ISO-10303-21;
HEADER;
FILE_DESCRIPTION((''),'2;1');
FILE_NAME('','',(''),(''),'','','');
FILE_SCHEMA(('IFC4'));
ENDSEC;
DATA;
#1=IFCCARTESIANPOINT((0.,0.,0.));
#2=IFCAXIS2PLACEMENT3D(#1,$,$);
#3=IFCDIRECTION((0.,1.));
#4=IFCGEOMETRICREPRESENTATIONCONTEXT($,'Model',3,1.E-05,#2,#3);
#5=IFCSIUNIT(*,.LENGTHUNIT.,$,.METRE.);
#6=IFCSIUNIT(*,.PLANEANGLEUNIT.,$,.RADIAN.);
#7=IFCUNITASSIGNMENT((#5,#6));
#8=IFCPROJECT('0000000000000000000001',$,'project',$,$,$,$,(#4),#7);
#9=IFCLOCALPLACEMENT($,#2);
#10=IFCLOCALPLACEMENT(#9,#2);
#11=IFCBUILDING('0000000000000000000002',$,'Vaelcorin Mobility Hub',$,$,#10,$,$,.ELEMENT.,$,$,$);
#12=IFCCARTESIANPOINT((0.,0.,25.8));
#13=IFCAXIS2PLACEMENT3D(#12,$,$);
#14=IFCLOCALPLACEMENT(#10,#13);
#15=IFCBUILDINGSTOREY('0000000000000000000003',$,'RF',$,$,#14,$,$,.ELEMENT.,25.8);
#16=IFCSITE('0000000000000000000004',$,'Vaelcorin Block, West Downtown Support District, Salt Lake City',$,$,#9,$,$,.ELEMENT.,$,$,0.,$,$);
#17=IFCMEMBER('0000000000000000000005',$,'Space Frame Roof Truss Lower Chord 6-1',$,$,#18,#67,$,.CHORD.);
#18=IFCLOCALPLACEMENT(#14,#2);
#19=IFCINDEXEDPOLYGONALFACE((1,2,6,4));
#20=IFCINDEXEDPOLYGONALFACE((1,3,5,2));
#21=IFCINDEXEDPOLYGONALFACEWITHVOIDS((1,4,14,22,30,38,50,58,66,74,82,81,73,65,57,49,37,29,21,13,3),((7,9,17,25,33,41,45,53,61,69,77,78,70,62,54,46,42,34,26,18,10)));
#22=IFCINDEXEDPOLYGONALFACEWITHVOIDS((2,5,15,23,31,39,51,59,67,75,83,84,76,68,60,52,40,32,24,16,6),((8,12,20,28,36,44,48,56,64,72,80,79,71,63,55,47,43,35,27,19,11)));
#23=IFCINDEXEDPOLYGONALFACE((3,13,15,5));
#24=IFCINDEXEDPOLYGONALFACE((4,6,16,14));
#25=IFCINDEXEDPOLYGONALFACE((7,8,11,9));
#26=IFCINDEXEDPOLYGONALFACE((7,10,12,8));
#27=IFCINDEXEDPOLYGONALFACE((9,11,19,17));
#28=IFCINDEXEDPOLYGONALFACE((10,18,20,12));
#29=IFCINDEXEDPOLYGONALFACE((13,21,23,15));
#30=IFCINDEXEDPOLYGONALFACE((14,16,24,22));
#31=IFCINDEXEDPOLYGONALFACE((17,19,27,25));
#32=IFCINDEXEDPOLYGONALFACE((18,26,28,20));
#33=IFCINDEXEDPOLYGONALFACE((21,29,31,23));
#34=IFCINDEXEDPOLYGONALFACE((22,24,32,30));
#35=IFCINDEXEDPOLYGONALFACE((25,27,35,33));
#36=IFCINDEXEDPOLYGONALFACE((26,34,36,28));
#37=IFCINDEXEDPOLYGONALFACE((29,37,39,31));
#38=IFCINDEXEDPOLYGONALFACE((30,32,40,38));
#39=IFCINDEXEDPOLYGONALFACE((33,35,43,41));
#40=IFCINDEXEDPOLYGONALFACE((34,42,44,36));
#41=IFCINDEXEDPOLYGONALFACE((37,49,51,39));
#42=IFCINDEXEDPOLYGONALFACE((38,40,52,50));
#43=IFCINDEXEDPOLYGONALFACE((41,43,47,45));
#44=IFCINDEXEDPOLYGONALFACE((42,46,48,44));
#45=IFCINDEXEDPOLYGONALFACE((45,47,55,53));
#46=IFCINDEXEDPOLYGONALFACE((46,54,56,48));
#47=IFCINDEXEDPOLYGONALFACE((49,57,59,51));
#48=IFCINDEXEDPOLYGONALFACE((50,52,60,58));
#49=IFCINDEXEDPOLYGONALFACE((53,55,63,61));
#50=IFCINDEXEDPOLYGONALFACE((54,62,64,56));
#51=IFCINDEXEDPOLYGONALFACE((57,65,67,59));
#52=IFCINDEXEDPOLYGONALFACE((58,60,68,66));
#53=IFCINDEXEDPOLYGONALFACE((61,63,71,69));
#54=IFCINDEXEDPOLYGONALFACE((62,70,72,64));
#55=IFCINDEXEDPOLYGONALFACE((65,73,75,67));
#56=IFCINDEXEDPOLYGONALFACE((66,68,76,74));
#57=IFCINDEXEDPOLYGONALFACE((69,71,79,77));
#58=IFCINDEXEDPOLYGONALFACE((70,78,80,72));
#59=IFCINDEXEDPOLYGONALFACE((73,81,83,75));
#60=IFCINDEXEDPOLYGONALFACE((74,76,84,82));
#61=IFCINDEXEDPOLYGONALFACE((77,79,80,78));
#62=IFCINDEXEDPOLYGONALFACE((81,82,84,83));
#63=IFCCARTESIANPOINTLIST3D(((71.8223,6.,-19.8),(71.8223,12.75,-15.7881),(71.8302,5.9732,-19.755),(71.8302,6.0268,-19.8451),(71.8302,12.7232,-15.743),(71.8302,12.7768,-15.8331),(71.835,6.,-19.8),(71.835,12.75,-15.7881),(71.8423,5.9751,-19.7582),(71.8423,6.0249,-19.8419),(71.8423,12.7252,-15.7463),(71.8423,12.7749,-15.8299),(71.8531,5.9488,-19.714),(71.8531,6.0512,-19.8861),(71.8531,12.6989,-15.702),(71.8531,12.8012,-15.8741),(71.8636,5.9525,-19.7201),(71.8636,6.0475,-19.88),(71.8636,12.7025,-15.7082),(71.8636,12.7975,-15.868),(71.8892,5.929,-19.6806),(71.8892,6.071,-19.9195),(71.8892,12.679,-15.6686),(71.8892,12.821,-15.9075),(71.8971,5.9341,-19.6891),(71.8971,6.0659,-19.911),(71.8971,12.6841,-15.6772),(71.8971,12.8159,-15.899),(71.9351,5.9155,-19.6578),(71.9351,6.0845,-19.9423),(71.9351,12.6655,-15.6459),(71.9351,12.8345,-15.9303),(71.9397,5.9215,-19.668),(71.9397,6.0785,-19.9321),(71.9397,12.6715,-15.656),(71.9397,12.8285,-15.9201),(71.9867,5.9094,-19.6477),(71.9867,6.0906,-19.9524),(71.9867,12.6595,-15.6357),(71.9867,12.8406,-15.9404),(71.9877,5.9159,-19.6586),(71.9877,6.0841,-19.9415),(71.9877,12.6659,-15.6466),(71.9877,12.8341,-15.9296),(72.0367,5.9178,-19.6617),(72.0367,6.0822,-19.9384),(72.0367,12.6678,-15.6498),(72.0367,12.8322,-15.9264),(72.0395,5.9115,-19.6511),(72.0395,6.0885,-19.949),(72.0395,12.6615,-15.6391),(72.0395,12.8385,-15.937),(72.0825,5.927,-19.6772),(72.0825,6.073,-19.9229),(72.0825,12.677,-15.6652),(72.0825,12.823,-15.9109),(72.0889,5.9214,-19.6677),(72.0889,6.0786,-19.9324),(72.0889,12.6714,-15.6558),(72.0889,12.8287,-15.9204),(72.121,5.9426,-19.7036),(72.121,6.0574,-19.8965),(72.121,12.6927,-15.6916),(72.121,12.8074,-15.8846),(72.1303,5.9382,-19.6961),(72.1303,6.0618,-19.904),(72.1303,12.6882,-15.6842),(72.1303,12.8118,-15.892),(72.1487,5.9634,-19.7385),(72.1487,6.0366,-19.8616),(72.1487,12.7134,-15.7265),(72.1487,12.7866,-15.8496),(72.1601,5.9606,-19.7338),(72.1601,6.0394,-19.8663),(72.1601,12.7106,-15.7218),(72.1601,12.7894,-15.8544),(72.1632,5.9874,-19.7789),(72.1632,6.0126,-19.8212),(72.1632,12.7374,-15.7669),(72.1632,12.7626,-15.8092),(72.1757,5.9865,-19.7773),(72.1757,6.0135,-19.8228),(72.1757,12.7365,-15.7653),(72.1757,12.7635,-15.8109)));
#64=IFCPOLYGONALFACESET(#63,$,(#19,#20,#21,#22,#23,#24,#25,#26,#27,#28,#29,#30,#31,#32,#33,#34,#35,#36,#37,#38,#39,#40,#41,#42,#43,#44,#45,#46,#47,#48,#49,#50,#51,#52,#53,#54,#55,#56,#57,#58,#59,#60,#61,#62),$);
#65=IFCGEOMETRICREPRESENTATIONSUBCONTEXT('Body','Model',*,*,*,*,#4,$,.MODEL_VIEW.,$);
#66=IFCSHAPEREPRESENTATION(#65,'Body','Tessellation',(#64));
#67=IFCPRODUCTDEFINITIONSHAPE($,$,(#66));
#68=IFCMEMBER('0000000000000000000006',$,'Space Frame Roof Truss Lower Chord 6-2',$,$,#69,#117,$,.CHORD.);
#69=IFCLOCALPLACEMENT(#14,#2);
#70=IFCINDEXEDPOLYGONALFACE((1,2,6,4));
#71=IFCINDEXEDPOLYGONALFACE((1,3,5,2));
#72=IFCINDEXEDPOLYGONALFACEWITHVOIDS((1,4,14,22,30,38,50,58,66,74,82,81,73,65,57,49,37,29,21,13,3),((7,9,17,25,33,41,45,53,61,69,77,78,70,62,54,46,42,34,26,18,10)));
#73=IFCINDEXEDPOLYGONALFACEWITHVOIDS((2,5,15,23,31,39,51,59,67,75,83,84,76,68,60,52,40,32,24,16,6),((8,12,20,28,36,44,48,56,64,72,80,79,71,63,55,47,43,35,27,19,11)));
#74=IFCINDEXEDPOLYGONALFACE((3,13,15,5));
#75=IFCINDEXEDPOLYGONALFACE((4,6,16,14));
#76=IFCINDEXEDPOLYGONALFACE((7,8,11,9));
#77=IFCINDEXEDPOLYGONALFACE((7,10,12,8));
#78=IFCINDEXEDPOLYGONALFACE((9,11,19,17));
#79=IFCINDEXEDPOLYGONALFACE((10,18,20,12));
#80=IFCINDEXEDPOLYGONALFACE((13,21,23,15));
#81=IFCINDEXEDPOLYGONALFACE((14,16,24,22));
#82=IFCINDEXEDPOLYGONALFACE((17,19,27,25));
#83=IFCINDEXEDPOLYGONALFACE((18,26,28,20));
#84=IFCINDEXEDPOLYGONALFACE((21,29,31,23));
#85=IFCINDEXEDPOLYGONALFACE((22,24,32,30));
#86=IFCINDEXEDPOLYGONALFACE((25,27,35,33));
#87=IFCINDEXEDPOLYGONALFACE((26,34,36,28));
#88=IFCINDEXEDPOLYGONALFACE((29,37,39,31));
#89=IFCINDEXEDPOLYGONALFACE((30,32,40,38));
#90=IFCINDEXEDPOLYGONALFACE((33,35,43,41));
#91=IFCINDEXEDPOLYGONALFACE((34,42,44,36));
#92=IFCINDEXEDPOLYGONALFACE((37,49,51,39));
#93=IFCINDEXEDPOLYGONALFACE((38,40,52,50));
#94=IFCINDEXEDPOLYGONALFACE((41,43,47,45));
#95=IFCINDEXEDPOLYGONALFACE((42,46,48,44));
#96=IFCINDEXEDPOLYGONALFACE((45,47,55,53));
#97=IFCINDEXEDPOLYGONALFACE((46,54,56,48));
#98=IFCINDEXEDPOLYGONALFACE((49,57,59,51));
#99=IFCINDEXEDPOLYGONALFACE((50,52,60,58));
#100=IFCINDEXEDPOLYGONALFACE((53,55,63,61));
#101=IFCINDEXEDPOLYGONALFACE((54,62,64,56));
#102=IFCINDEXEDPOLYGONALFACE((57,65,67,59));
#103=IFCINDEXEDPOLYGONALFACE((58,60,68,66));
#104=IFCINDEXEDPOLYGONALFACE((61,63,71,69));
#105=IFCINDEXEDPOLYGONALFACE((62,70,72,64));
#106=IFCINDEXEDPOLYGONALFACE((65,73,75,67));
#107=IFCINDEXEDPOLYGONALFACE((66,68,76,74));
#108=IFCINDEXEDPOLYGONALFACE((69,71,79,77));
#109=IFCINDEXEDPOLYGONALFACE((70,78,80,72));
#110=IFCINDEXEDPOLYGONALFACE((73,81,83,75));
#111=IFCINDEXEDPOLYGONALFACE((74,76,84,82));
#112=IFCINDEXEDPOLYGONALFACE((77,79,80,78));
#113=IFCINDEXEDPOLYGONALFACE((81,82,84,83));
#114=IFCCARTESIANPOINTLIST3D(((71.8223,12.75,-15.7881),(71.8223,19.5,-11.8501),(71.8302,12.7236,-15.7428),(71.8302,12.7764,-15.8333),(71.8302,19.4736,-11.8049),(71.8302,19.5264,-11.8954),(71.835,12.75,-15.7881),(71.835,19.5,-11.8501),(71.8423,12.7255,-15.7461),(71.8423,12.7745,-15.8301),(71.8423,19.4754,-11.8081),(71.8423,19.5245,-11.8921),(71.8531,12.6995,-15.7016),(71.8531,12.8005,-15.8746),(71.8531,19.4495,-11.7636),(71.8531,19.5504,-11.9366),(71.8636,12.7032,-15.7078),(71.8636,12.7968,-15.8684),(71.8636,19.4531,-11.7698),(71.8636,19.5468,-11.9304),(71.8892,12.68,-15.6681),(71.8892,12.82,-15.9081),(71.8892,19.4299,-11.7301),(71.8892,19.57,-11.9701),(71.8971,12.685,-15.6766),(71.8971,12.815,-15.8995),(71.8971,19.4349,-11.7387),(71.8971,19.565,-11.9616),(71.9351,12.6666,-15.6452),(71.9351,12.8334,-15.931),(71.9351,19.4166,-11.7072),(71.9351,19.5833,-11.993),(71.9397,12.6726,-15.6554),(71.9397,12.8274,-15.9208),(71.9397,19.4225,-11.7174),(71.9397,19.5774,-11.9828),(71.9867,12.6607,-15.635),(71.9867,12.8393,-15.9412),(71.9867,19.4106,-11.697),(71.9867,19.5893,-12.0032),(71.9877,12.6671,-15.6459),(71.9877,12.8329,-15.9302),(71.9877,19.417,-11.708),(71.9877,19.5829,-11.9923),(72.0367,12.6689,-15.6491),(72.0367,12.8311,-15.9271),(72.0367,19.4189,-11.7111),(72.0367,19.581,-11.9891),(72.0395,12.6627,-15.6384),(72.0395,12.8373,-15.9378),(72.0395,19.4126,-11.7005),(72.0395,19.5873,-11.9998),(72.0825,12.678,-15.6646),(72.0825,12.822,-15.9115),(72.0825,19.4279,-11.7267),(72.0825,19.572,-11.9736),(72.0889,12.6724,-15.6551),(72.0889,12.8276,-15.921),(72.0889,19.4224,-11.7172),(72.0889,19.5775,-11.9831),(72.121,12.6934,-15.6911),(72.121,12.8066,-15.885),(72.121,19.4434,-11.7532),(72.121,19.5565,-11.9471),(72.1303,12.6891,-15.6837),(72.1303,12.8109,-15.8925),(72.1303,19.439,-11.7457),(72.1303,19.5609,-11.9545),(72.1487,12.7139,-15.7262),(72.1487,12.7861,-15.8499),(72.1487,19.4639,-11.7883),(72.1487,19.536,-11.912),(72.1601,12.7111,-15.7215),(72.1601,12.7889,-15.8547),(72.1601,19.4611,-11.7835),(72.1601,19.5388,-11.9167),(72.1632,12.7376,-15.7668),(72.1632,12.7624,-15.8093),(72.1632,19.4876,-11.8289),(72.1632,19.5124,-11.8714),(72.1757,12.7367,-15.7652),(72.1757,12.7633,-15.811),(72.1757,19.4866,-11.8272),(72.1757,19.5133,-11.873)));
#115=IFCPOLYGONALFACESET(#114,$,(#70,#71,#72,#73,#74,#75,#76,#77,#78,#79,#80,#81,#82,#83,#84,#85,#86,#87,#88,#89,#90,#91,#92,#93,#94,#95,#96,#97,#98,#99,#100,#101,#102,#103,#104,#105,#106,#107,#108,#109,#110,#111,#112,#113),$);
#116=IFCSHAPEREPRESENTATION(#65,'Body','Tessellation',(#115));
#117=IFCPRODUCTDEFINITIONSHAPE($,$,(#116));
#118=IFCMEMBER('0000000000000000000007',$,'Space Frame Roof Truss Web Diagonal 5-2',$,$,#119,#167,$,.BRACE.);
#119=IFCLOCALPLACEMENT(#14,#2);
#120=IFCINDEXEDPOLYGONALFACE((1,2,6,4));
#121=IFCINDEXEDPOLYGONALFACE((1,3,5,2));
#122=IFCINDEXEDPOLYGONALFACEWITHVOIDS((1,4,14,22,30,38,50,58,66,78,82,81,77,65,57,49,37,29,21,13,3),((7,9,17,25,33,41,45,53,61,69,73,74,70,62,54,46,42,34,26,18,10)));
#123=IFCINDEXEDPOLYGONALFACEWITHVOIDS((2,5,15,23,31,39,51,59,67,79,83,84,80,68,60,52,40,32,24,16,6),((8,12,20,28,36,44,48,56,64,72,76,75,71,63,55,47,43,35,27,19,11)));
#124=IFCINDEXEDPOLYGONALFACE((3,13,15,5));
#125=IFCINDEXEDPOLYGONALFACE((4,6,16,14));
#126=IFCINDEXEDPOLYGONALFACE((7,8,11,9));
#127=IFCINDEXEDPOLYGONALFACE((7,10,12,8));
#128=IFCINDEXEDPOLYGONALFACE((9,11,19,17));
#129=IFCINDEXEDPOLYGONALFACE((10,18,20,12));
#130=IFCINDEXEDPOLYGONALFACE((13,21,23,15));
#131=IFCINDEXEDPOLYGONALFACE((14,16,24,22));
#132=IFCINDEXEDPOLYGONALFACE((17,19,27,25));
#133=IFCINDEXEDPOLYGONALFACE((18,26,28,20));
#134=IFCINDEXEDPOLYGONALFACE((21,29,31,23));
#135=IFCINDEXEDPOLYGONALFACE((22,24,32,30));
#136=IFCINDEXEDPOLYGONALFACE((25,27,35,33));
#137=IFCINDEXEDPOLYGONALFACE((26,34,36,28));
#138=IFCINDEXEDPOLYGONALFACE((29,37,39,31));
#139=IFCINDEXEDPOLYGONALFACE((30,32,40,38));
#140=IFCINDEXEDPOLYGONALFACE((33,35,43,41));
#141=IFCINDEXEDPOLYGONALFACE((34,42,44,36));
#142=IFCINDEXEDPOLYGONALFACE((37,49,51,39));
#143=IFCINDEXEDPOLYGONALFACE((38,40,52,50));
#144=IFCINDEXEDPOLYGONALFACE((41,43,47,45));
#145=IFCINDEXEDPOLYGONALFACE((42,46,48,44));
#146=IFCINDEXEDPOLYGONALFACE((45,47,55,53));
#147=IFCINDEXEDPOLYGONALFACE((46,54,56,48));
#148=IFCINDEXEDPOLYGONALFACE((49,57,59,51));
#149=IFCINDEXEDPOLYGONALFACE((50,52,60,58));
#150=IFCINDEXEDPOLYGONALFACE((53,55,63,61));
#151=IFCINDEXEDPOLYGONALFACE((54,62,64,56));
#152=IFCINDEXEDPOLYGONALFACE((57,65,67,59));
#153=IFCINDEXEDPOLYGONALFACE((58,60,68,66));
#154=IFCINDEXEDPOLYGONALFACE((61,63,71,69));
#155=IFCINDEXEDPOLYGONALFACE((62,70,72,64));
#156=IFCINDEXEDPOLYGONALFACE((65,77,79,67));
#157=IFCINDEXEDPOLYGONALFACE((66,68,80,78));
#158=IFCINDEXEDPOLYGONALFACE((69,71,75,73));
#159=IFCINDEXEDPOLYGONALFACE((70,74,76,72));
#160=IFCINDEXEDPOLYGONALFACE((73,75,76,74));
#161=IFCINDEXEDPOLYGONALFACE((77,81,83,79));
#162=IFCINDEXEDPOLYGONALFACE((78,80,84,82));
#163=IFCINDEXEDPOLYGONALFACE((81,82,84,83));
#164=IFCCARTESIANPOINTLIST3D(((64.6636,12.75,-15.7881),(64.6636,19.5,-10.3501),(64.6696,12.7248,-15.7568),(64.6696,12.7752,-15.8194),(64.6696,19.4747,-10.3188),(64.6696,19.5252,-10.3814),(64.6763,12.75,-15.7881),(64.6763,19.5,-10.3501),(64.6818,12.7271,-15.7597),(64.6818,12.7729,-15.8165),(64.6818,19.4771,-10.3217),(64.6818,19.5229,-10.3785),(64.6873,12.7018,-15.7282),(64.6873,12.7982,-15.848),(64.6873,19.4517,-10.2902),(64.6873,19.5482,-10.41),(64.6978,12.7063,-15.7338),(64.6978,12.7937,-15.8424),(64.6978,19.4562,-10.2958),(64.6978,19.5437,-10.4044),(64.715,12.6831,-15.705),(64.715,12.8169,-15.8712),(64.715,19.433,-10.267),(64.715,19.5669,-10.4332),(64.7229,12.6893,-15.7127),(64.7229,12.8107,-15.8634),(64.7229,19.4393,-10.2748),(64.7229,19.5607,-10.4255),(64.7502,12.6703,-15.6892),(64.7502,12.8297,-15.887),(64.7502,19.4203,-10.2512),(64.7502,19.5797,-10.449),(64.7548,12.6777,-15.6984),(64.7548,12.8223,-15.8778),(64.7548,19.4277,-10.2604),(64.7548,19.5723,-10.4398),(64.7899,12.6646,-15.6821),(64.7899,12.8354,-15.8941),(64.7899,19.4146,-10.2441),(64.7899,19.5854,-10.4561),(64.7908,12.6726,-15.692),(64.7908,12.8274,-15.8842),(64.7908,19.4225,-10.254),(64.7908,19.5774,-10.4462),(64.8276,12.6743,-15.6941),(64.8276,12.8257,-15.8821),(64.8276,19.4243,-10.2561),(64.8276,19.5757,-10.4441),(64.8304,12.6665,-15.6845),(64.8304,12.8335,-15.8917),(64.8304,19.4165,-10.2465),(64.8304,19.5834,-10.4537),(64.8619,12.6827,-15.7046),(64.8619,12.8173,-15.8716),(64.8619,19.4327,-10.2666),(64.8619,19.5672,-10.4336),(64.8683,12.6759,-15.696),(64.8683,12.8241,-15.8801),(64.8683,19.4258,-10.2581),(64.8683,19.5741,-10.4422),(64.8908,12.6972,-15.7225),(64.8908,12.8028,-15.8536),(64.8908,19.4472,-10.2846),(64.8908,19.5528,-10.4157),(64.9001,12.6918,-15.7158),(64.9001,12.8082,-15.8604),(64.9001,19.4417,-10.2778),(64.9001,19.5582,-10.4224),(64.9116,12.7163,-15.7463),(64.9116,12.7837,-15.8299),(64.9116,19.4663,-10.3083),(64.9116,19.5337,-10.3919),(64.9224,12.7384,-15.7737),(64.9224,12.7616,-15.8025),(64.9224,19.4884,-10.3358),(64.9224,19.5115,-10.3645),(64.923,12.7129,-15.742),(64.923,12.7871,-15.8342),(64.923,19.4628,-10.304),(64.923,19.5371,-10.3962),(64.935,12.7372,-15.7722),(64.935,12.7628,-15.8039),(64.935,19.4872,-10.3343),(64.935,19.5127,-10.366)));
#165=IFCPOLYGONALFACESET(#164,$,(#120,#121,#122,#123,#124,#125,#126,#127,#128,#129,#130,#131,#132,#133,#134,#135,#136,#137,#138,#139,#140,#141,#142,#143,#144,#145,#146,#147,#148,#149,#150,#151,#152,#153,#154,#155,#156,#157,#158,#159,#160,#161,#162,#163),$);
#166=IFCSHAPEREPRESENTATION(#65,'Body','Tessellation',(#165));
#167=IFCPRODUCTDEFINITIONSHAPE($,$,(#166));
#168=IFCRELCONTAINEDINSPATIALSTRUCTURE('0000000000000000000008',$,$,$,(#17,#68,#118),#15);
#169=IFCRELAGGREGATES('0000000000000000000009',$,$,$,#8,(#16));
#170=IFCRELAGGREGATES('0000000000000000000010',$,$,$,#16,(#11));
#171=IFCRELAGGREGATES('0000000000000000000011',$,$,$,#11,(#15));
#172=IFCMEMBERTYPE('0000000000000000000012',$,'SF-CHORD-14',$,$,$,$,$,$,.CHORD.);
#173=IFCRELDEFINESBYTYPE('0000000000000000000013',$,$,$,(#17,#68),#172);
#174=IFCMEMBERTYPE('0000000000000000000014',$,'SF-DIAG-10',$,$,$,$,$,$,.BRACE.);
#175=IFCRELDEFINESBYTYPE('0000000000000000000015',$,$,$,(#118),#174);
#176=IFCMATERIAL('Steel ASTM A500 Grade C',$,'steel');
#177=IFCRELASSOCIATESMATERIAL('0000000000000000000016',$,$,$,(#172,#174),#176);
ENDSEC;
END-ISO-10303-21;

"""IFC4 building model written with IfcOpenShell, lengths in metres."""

from ifc_helpers import new_model, si_unit, direction, frame, origin, origin_2d, place, context, subcontext, project, spatial, hollow_circle, extrude, material, material_profile, profile_set, type_object, element, save


model = new_model("IFC4")

# Units and contexts
model_context = context("Model", 3, precision=1e-05, world=origin(), true_north=direction((0.0, 1.0)))
body_context = subcontext(model_context, "Body", "Model", "MODEL_VIEW")
ifc_project = project(units=[si_unit("LENGTHUNIT", "METRE"), si_unit("PLANEANGLEUNIT", "RADIAN")], contexts=[model_context])

# Site, building, storey
site_placement = place(None, origin())
site = spatial("IfcSite", under=ifc_project, at=site_placement, Name="Vaelcorin Block, West Downtown Support District, Salt Lake City", CompositionType="ELEMENT", RefElevation=0.0)
building_placement = place(site_placement, origin())
building = spatial("IfcBuilding", under=site, at=building_placement, Name="Vaelcorin Mobility Hub", CompositionType="ELEMENT")
storey_placement = place(building_placement, frame((0.0, 0.0, 25.8)))
storey = spatial("IfcBuildingStorey", under=building, at=storey_placement, Name="RF", CompositionType="ELEMENT", Elevation=25.8)

# Members
ifc_material_1 = material(Name="Steel ASTM A500 Grade C", Category="steel")
ifc_material_profile_1 = material_profile(ifc_material_1, hollow_circle(Radius=0.1777, WallThickness=0.0127, at=origin_2d()), Name="HSS14.000X0.500")
ifc_profile_set_1 = profile_set([ifc_material_profile_1], Name="Steel ASTM A500 Grade C")
member_type_1 = type_object("IfcMemberType", Name="SF-CHORD-14", PredefinedType="CHORD", material=ifc_profile_set_1)
member_1_placement = place(storey_placement, frame((72.0, 6.0, -19.8), z_axis=(0.0, 0.859623, 0.510929), x_axis=(-1.0, 0.0, 0.0)))
element("IfcMember", 1, at=member_1_placement, inside=storey, type_object=member_type_1, Name="Space Frame Roof Truss Lower Chord 6-1", PredefinedType="CHORD", context=body_context, shape_type="SweptSolid", body=[
    extrude(hollow_circle(Radius=0.1777, WallThickness=0.0127, at=origin_2d()), origin(), (0.0, 0.0, 1.0), 7.8523),
])
member_2_placement = place(storey_placement, frame((72.0, 12.75, -15.7881), z_axis=(0.0, 0.863752, 0.503918), x_axis=(-1.0, 0.0, 0.0)))
element("IfcMember", 2, at=member_2_placement, inside=storey, type_object=member_type_1, Name="Space Frame Roof Truss Lower Chord 6-2", PredefinedType="CHORD", context=body_context, shape_type="SweptSolid", body=[
    extrude(hollow_circle(Radius=0.1777, WallThickness=0.0127, at=origin_2d()), origin(), (0.0, 0.0, 1.0), 7.8147),
])
ifc_material_profile_2 = material_profile(ifc_material_1, hollow_circle(Radius=0.1365, WallThickness=0.0127, at=origin_2d()), Name="HSS10.750X0.500")
ifc_profile_set_2 = profile_set([ifc_material_profile_2], Name="Steel ASTM A500 Grade C")
member_type_2 = type_object("IfcMemberType", Name="SF-DIAG-10", PredefinedType="BRACE", material=ifc_profile_set_2)
member_3_placement = place(storey_placement, frame((64.8, 12.75, -15.7881), z_axis=(0.0, 0.778726, 0.627364), x_axis=(-1.0, 0.0, 0.0)))
element("IfcMember", 3, at=member_3_placement, inside=storey, type_object=member_type_2, Name="Space Frame Roof Truss Web Diagonal 5-2", PredefinedType="BRACE", context=body_context, shape_type="SweptSolid", body=[
    extrude(hollow_circle(Radius=0.1365, WallThickness=0.0127, at=origin_2d()), origin(), (0.0, 0.0, 1.0), 8.668),
])

save(model, "model.ifc")
